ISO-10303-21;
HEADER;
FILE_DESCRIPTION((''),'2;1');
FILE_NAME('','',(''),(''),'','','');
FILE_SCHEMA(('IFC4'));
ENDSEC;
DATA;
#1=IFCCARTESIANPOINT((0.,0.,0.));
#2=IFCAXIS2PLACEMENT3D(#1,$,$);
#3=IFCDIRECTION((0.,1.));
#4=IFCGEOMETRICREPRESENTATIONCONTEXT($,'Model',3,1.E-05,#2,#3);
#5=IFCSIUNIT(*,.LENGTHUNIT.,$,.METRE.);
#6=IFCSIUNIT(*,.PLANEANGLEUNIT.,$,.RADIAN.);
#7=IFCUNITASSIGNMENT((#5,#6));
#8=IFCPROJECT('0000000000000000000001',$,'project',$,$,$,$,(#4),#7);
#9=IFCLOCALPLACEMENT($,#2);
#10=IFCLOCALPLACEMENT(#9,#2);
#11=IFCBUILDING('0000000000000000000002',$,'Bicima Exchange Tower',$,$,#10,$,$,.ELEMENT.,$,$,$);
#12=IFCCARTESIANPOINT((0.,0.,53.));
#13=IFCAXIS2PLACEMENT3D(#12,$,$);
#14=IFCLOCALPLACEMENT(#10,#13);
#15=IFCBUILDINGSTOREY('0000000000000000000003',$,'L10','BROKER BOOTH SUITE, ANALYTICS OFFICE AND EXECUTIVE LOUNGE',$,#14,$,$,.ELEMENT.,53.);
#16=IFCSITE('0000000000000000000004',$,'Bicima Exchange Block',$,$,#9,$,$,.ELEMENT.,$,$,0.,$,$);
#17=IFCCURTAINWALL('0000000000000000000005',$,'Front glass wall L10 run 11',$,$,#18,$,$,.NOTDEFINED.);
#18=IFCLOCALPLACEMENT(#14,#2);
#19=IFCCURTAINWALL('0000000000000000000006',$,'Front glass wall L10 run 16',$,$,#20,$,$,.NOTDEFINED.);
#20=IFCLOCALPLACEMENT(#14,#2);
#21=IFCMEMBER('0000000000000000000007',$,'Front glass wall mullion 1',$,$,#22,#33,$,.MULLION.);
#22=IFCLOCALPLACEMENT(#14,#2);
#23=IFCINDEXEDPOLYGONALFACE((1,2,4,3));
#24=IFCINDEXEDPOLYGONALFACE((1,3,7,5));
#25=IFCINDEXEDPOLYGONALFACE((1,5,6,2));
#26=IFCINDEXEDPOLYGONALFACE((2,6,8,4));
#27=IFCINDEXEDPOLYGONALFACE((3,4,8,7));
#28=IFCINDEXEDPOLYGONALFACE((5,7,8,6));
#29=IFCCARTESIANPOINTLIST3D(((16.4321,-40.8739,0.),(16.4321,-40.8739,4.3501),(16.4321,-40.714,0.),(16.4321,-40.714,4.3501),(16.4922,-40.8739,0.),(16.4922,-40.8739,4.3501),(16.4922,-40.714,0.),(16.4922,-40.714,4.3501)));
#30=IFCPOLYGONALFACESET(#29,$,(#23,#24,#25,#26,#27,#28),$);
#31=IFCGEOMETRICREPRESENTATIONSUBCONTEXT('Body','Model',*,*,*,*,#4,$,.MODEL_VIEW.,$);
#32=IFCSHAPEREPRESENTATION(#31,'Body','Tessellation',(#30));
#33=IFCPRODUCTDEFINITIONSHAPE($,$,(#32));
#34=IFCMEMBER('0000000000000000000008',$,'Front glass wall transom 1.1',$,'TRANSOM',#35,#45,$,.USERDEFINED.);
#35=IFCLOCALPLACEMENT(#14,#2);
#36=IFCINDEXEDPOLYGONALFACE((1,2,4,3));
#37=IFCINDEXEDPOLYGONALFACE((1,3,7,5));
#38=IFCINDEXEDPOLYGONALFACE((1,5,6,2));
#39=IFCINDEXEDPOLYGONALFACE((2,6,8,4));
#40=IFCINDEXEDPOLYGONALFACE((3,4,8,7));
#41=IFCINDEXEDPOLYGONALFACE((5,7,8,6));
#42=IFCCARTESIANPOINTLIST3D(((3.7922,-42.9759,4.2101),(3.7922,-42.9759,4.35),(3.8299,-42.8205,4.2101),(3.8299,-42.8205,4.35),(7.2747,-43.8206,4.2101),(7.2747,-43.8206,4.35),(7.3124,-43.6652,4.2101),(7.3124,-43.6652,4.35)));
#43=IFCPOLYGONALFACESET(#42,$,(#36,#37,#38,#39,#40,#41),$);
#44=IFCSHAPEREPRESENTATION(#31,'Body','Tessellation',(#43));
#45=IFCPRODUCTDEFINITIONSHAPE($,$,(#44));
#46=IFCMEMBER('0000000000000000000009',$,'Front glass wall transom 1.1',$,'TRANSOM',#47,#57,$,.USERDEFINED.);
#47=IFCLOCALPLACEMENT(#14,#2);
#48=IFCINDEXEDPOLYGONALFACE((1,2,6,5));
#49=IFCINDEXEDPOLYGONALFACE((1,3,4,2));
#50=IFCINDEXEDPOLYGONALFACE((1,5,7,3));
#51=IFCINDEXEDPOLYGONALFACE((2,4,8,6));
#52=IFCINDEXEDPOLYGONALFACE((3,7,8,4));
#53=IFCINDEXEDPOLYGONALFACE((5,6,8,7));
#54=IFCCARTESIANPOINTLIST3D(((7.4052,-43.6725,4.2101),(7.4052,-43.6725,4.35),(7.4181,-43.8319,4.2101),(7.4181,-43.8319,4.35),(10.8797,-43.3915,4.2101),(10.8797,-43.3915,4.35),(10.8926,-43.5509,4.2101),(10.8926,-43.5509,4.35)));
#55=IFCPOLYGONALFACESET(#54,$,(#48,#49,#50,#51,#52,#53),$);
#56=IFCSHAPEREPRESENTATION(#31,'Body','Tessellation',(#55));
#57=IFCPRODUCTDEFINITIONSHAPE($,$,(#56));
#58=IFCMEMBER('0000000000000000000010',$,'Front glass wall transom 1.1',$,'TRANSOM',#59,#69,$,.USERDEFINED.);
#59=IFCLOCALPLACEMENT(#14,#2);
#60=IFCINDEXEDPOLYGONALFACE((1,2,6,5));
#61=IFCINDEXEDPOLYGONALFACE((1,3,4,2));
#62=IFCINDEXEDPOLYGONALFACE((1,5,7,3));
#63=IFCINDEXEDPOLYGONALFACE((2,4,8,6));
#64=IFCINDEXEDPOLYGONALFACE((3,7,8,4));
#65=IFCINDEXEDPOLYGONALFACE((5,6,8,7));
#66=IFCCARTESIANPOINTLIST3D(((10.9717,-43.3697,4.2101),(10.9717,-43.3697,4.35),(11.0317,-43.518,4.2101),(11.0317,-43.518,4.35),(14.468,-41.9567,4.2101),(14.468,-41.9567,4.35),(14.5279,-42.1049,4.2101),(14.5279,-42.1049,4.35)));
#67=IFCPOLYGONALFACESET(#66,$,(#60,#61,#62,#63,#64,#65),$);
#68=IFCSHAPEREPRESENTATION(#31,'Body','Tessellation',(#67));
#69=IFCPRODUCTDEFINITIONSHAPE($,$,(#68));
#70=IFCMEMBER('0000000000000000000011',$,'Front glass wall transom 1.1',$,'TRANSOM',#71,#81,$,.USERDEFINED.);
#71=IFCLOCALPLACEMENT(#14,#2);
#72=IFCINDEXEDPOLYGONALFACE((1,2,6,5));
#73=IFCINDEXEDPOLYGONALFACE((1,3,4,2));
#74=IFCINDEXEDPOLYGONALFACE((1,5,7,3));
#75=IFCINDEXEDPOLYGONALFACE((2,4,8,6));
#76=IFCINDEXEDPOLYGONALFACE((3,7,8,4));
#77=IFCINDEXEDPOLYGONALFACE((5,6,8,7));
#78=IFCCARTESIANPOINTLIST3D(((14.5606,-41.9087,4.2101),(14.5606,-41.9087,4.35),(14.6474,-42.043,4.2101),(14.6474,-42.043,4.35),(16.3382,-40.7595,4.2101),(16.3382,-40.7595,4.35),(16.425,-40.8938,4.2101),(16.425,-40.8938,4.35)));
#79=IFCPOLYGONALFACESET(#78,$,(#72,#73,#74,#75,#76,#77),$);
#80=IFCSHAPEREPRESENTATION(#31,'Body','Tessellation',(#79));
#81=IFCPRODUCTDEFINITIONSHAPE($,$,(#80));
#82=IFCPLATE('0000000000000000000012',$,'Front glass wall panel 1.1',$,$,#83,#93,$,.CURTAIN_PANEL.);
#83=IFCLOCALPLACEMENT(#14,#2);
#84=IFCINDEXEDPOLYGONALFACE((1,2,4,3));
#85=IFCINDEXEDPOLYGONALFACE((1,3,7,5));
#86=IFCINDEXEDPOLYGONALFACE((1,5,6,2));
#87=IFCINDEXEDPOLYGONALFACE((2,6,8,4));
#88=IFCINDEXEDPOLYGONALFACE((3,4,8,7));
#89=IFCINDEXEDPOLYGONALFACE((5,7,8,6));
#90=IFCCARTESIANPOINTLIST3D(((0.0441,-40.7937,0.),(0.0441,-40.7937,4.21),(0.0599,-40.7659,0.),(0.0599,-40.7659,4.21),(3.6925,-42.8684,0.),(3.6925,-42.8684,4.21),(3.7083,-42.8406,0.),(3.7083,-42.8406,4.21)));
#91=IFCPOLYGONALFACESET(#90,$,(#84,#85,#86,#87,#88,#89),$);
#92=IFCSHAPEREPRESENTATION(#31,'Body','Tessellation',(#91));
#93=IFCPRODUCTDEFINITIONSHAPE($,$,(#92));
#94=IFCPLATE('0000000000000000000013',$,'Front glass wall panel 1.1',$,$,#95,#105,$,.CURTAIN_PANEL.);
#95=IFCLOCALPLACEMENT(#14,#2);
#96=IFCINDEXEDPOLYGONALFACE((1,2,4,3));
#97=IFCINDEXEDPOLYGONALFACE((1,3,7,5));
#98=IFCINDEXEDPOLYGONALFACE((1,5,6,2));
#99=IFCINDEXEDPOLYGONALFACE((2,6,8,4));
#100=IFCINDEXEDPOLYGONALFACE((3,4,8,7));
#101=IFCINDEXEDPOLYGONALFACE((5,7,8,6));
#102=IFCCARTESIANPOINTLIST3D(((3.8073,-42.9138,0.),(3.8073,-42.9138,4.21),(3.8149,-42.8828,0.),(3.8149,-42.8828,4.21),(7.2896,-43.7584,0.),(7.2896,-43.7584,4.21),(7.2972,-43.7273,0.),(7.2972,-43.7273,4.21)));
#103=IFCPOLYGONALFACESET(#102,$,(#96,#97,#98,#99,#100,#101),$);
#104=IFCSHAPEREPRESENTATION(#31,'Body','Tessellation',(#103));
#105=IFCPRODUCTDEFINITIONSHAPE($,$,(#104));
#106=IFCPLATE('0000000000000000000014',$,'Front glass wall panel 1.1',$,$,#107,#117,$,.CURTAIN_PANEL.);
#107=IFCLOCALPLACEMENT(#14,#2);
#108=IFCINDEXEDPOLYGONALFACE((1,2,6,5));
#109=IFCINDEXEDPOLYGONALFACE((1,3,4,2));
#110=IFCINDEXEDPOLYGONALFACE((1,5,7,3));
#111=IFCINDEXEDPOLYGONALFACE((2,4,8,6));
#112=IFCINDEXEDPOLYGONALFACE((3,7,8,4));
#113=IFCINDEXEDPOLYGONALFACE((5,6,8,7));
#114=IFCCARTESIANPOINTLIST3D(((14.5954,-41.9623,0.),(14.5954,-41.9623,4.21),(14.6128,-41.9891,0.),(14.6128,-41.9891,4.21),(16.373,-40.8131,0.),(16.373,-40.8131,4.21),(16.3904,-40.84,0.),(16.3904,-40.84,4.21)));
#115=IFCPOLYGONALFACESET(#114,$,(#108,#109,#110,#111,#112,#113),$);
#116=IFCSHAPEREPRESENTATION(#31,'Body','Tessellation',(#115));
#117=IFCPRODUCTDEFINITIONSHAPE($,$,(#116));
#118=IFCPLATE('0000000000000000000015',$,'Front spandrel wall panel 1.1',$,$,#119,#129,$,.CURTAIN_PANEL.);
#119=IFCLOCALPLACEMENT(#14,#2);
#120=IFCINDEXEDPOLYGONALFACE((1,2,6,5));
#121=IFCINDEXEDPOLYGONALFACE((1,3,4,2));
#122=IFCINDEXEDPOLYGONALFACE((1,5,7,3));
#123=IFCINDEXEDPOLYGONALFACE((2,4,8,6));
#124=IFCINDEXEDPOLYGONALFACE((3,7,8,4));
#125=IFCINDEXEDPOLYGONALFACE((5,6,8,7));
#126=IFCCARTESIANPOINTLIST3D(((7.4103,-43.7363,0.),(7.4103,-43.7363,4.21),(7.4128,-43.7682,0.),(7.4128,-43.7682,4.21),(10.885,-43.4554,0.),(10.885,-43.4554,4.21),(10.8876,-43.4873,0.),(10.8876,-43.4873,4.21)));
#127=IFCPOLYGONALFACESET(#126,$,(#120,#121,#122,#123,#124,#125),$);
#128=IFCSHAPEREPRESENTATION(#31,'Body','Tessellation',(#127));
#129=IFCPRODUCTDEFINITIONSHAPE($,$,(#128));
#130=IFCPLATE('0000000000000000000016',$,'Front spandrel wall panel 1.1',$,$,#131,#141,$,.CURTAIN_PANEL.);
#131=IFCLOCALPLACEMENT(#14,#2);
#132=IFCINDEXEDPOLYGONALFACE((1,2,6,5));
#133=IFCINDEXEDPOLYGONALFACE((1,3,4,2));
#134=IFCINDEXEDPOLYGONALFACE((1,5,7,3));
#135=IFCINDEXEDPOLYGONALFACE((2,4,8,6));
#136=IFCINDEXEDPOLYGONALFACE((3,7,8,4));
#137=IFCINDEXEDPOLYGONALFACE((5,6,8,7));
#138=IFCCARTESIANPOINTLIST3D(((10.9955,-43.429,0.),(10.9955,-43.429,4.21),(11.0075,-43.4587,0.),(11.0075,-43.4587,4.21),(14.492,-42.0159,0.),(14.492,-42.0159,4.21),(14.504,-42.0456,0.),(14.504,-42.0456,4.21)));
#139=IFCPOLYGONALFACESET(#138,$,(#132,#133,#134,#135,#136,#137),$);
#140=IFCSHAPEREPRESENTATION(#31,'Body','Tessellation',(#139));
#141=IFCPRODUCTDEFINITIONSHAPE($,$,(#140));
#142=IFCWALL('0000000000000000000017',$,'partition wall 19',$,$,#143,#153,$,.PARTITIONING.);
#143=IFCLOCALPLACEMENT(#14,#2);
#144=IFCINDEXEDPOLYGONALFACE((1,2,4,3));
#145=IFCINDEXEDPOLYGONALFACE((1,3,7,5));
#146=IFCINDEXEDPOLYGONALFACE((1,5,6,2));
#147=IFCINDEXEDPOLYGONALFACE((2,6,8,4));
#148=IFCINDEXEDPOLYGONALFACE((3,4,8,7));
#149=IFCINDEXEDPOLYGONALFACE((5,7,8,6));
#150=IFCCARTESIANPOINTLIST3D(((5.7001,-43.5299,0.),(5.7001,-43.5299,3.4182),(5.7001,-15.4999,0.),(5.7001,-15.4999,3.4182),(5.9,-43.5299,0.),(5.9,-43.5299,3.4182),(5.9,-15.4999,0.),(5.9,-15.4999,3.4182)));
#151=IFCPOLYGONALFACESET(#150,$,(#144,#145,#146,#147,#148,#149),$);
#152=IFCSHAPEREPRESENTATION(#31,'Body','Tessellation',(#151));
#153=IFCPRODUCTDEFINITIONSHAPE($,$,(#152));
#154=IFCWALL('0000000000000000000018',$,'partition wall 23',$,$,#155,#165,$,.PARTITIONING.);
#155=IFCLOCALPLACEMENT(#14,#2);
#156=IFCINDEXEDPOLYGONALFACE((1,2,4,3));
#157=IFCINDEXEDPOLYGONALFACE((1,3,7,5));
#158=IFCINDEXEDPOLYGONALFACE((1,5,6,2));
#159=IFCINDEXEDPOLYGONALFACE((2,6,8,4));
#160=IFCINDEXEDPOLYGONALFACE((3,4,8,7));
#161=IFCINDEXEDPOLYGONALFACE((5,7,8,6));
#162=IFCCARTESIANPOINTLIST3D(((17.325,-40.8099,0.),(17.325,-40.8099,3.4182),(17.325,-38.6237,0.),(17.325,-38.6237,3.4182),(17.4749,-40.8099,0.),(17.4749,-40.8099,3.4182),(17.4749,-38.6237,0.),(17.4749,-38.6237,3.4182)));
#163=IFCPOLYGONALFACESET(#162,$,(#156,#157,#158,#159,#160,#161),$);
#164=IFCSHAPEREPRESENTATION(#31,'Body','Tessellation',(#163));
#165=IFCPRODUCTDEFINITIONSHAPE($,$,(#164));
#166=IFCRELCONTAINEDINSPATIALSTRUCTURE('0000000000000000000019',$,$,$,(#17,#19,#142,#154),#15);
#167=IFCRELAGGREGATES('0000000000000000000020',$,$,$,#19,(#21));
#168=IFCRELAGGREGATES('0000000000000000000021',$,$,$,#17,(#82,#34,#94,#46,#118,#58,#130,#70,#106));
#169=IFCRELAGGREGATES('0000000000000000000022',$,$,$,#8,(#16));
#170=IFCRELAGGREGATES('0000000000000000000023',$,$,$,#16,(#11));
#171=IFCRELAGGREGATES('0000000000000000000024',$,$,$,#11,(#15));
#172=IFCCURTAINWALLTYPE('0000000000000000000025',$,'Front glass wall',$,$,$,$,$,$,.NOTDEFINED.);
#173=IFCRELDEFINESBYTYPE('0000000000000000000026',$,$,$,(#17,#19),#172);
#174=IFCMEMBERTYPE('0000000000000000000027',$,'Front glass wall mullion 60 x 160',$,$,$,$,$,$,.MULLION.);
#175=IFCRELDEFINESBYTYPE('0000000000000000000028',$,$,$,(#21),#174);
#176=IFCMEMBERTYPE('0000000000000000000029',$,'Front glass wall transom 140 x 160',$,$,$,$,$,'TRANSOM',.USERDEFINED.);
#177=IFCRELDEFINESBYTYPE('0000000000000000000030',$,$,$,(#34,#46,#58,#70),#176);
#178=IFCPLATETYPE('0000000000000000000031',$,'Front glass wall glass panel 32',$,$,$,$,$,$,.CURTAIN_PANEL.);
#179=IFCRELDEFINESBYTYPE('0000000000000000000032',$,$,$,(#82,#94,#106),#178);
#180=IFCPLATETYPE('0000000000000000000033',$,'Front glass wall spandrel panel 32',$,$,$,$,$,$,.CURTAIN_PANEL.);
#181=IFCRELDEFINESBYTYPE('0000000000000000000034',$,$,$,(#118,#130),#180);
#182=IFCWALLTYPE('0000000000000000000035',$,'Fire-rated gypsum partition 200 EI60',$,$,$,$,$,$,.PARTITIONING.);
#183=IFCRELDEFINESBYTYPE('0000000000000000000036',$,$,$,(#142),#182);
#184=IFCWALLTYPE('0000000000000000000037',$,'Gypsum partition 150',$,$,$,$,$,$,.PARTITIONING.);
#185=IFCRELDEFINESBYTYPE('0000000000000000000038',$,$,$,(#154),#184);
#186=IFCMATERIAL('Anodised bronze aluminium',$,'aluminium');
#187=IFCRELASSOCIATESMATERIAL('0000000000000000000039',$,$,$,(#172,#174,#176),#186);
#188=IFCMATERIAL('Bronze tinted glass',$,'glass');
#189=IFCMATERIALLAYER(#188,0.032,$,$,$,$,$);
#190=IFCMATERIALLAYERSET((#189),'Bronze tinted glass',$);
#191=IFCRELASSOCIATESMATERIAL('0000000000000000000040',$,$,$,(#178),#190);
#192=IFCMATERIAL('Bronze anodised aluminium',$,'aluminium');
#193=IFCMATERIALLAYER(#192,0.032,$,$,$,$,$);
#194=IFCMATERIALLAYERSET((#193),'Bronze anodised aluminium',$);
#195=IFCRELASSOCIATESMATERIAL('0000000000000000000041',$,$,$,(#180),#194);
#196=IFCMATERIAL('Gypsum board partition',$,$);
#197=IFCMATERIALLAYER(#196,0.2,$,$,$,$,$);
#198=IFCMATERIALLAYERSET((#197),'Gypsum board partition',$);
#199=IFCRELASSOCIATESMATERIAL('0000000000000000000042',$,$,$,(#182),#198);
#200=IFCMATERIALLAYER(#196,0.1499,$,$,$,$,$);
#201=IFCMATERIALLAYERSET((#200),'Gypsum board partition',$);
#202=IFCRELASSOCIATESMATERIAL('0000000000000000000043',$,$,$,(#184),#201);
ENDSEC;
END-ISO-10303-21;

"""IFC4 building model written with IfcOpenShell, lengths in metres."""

from ifc_helpers import new_model, si_unit, direction, frame, frame_2d, origin, origin_2d, place, context, subcontext, project, spatial, rectangle, extrude, material, layer, layer_set, material_profile, profile_set, type_object, element, aggregate, save


model = new_model("IFC4")

# Units and contexts
model_context = context("Model", 3, precision=1e-05, world=origin(), true_north=direction((0.0, 1.0)))
body_context = subcontext(model_context, "Body", "Model", "MODEL_VIEW")
ifc_project = project(units=[si_unit("LENGTHUNIT", "METRE"), si_unit("PLANEANGLEUNIT", "RADIAN")], contexts=[model_context])

# Site, building, storey
site_placement = place(None, origin())
site = spatial("IfcSite", under=ifc_project, at=site_placement, Name="Bicima Exchange Block", CompositionType="ELEMENT", RefElevation=0.0)
building_placement = place(site_placement, origin())
building = spatial("IfcBuilding", under=site, at=building_placement, Name="Bicima Exchange Tower", CompositionType="ELEMENT")
storey_placement = place(building_placement, frame((0.0, 0.0, 53.0)))
storey = spatial("IfcBuildingStorey", under=building, at=storey_placement, Name="L10", Description="BROKER BOOTH SUITE, ANALYTICS OFFICE AND EXECUTIVE LOUNGE", CompositionType="ELEMENT", Elevation=53.0)

# Curtain wall
ifc_material_1 = material(Name="Anodised bronze aluminium", Category="aluminium")
curtain_wall_type = type_object("IfcCurtainWallType", Name="Front glass wall", PredefinedType="NOTDEFINED", material=ifc_material_1)
curtain_wall_1_placement = place(storey_placement, origin())
curtain_wall_1 = element("IfcCurtainWall", 1, at=curtain_wall_1_placement, inside=storey, type_object=curtain_wall_type, Name="Front glass wall L10 run 11", PredefinedType="NOTDEFINED")
ifc_material_profile_1 = material_profile(ifc_material_1, rectangle(XDim=0.1599, YDim=0.0601, at=origin_2d()))
ifc_profile_set_1 = profile_set([ifc_material_profile_1], Name="Anodised bronze aluminium")
member_type_1 = type_object("IfcMemberType", Name="Front glass wall mullion 60 x 160", PredefinedType="MULLION", material=ifc_profile_set_1)

# Curtain wall, member
curtain_wall_2_placement = place(storey_placement, origin())
curtain_wall_2 = element("IfcCurtainWall", 2, at=curtain_wall_2_placement, inside=storey, type_object=curtain_wall_type, Name="Front glass wall L10 run 16", PredefinedType="NOTDEFINED")
member_1_placement = place(storey_placement, frame((16.4622, -40.7939, 0.0), z_axis=(0.0, 0.0, 1.0), x_axis=(0.0, 1.0, 0.0)))
member_1 = element("IfcMember", 3, at=member_1_placement, type_object=member_type_1, Name="Front glass wall mullion 1", PredefinedType="MULLION", context=body_context, shape_type="SweptSolid", body=[
    extrude(rectangle(XDim=0.1599, YDim=0.0601, at=origin_2d()), origin(), (0.0, 0.0, 1.0), 4.3501),
])
aggregate(curtain_wall_2, [member_1])

# Members
ifc_material_profile_2 = material_profile(ifc_material_1, rectangle(XDim=0.1599, YDim=0.1399, at=origin_2d()))
ifc_profile_set_2 = profile_set([ifc_material_profile_2], Name="Anodised bronze aluminium")
member_type_2 = type_object("IfcMemberType", Name="Front glass wall transom 140 x 160", ElementType="TRANSOM", PredefinedType="USERDEFINED", material=ifc_profile_set_2)
member_2_placement = place(storey_placement, frame((3.811, -42.8982, 4.28), z_axis=(0.971818, -0.235733, 0.0), x_axis=(0.235733, 0.971818, 0.0)))
member_2 = element("IfcMember", 4, at=member_2_placement, type_object=member_type_2, Name="Front glass wall transom 1.1", ObjectType="TRANSOM", PredefinedType="USERDEFINED", context=body_context, shape_type="SweptSolid", body=[
    extrude(rectangle(XDim=0.1599, YDim=0.1399, at=origin_2d()), origin(), (0.0, 0.0, 1.0), 3.5835),
])
member_3_placement = place(storey_placement, frame((7.4116, -43.7522, 4.28), z_axis=(0.996746, 0.080611, 0.0), x_axis=(-0.080611, 0.996746, 0.0)))
member_3 = element("IfcMember", 5, at=member_3_placement, type_object=member_type_2, Name="Front glass wall transom 1.1", ObjectType="TRANSOM", PredefinedType="USERDEFINED", context=body_context, shape_type="SweptSolid", body=[
    extrude(rectangle(XDim=0.1599, YDim=0.1399, at=origin_2d()), origin(), (0.0, 0.0, 1.0), 3.4858),
])
member_4_placement = place(storey_placement, frame((11.0017, -43.4438, 4.28), z_axis=(0.92714, 0.374715, 0.0), x_axis=(-0.374715, 0.92714, 0.0)))
member_4 = element("IfcMember", 6, at=member_4_placement, type_object=member_type_2, Name="Front glass wall transom 1.1", ObjectType="TRANSOM", PredefinedType="USERDEFINED", context=body_context, shape_type="SweptSolid", body=[
    extrude(rectangle(XDim=0.1599, YDim=0.1399, at=origin_2d()), origin(), (0.0, 0.0, 1.0), 3.771),
])
member_5_placement = place(storey_placement, frame((14.604, -41.9758, 4.28), z_axis=(0.839793, 0.542907, 0.0), x_axis=(-0.542907, 0.839793, 0.0)))
member_5 = element("IfcMember", 7, at=member_5_placement, type_object=member_type_2, Name="Front glass wall transom 1.1", ObjectType="TRANSOM", PredefinedType="USERDEFINED", context=body_context, shape_type="SweptSolid", body=[
    extrude(rectangle(XDim=0.1599, YDim=0.1399, at=origin_2d()), origin(), (0.0, 0.0, 1.0), 2.1167),
])

# Plates
ifc_material_2 = material(Name="Bronze tinted glass", Category="glass")
ifc_layer_1 = layer(ifc_material_2, 0.032)
ifc_layer_set_1 = layer_set([ifc_layer_1], Name="Bronze tinted glass")
plate_type_1 = type_object("IfcPlateType", Name="Front glass wall glass panel 32", PredefinedType="CURTAIN_PANEL", material=ifc_layer_set_1)
plate_1_placement = place(storey_placement, frame((1.8762, -41.8171, 0.0), z_axis=(0.0, 0.0, 1.0), x_axis=(0.869274, -0.49433, 0.0)))
plate_1 = element("IfcPlate", 8, at=plate_1_placement, type_object=plate_type_1, Name="Front glass wall panel 1.1", PredefinedType="CURTAIN_PANEL", context=body_context, shape_type="SweptSolid", body=[
    extrude(rectangle(XDim=4.197, YDim=0.032, at=origin_2d()), origin(), (0.0, 0.0, 1.0), 4.21),
])
plate_2_placement = place(storey_placement, frame((5.5522, -43.3206, 0.0), z_axis=(0.0, 0.0, 1.0), x_axis=(0.97183, -0.235682, 0.0)))
plate_2 = element("IfcPlate", 9, at=plate_2_placement, type_object=plate_type_1, Name="Front glass wall panel 1.1", PredefinedType="CURTAIN_PANEL", context=body_context, shape_type="SweptSolid", body=[
    extrude(rectangle(XDim=3.5833, YDim=0.032, at=origin_2d()), origin(), (0.0, 0.0, 1.0), 4.21),
])
plate_3_placement = place(storey_placement, frame((15.4929, -41.4011, 0.0), z_axis=(0.0, 0.0, 1.0), x_axis=(0.839791, 0.542909, 0.0)))
plate_3 = element("IfcPlate", 10, at=plate_3_placement, type_object=plate_type_1, Name="Front glass wall panel 1.1", PredefinedType="CURTAIN_PANEL", context=body_context, shape_type="SweptSolid", body=[
    extrude(rectangle(XDim=2.1167, YDim=0.032, at=origin_2d()), origin(), (0.0, 0.0, 1.0), 4.21),
])
ifc_material_3 = material(Name="Bronze anodised aluminium", Category="aluminium")
ifc_layer_2 = layer(ifc_material_3, 0.032)
ifc_layer_set_2 = layer_set([ifc_layer_2], Name="Bronze anodised aluminium")
plate_type_2 = type_object("IfcPlateType", Name="Front glass wall spandrel panel 32", PredefinedType="CURTAIN_PANEL", material=ifc_layer_set_2)
plate_4_placement = place(storey_placement, frame((9.1489, -43.6118, 0.0), z_axis=(0.0, 0.0, 1.0), x_axis=(0.996747, 0.080589, 0.0)))
plate_4 = element("IfcPlate", 11, at=plate_4_placement, type_object=plate_type_2, Name="Front spandrel wall panel 1.1", PredefinedType="CURTAIN_PANEL", context=body_context, shape_type="SweptSolid", body=[
    extrude(rectangle(XDim=3.4861, YDim=0.032, at=origin_2d()), origin(), (0.0, 0.0, 1.0), 4.21),
])
plate_5_placement = place(storey_placement, frame((12.7498, -42.7373, 0.0), z_axis=(0.0, 0.0, 1.0), x_axis=(0.927144, 0.374705, 0.0)))
plate_5 = element("IfcPlate", 12, at=plate_5_placement, type_object=plate_type_2, Name="Front spandrel wall panel 1.1", PredefinedType="CURTAIN_PANEL", context=body_context, shape_type="SweptSolid", body=[
    extrude(rectangle(XDim=3.7712, YDim=0.032, at=origin_2d()), origin(), (0.0, 0.0, 1.0), 4.21),
])
aggregate(curtain_wall_1, [plate_1, member_2, plate_2, member_3, plate_4, member_4, plate_5, member_5, plate_3])

# Walls
ifc_material_4 = material(Name="Gypsum board partition")
ifc_layer_3 = layer(ifc_material_4, 0.2)
ifc_layer_set_3 = layer_set([ifc_layer_3], Name="Gypsum board partition")
wall_type_1 = type_object("IfcWallType", Name="Fire-rated gypsum partition 200 EI60", PredefinedType="PARTITIONING", material=ifc_layer_set_3)
wall_1_placement = place(storey_placement, frame((5.8, -43.53, 0.0), z_axis=(0.0, 0.0, 1.0), x_axis=(0.0, 1.0, 0.0)))
element("IfcWall", 13, at=wall_1_placement, inside=storey, type_object=wall_type_1, Name="partition wall 19", PredefinedType="PARTITIONING", context=body_context, shape_type="SweptSolid", body=[
    extrude(rectangle(XDim=28.03, YDim=0.2, at=frame_2d((14.0151, 0.0))), origin(), (0.0, 0.0, 1.0), 3.4182),
])
ifc_layer_4 = layer(ifc_material_4, 0.1499)
ifc_layer_set_4 = layer_set([ifc_layer_4], Name="Gypsum board partition")
wall_type_2 = type_object("IfcWallType", Name="Gypsum partition 150", PredefinedType="PARTITIONING", material=ifc_layer_set_4)
wall_2_placement = place(storey_placement, frame((17.3999, -40.8101, 0.0), z_axis=(0.0, 0.0, 1.0), x_axis=(0.0, 1.0, 0.0)))
element("IfcWall", 14, at=wall_2_placement, inside=storey, type_object=wall_type_2, Name="partition wall 23", PredefinedType="PARTITIONING", context=body_context, shape_type="SweptSolid", body=[
    extrude(rectangle(XDim=2.1863, YDim=0.1499, at=frame_2d((1.0933, 0.0))), origin(), (0.0, 0.0, 1.0), 3.4182),
])

save(model, "model.ifc")
